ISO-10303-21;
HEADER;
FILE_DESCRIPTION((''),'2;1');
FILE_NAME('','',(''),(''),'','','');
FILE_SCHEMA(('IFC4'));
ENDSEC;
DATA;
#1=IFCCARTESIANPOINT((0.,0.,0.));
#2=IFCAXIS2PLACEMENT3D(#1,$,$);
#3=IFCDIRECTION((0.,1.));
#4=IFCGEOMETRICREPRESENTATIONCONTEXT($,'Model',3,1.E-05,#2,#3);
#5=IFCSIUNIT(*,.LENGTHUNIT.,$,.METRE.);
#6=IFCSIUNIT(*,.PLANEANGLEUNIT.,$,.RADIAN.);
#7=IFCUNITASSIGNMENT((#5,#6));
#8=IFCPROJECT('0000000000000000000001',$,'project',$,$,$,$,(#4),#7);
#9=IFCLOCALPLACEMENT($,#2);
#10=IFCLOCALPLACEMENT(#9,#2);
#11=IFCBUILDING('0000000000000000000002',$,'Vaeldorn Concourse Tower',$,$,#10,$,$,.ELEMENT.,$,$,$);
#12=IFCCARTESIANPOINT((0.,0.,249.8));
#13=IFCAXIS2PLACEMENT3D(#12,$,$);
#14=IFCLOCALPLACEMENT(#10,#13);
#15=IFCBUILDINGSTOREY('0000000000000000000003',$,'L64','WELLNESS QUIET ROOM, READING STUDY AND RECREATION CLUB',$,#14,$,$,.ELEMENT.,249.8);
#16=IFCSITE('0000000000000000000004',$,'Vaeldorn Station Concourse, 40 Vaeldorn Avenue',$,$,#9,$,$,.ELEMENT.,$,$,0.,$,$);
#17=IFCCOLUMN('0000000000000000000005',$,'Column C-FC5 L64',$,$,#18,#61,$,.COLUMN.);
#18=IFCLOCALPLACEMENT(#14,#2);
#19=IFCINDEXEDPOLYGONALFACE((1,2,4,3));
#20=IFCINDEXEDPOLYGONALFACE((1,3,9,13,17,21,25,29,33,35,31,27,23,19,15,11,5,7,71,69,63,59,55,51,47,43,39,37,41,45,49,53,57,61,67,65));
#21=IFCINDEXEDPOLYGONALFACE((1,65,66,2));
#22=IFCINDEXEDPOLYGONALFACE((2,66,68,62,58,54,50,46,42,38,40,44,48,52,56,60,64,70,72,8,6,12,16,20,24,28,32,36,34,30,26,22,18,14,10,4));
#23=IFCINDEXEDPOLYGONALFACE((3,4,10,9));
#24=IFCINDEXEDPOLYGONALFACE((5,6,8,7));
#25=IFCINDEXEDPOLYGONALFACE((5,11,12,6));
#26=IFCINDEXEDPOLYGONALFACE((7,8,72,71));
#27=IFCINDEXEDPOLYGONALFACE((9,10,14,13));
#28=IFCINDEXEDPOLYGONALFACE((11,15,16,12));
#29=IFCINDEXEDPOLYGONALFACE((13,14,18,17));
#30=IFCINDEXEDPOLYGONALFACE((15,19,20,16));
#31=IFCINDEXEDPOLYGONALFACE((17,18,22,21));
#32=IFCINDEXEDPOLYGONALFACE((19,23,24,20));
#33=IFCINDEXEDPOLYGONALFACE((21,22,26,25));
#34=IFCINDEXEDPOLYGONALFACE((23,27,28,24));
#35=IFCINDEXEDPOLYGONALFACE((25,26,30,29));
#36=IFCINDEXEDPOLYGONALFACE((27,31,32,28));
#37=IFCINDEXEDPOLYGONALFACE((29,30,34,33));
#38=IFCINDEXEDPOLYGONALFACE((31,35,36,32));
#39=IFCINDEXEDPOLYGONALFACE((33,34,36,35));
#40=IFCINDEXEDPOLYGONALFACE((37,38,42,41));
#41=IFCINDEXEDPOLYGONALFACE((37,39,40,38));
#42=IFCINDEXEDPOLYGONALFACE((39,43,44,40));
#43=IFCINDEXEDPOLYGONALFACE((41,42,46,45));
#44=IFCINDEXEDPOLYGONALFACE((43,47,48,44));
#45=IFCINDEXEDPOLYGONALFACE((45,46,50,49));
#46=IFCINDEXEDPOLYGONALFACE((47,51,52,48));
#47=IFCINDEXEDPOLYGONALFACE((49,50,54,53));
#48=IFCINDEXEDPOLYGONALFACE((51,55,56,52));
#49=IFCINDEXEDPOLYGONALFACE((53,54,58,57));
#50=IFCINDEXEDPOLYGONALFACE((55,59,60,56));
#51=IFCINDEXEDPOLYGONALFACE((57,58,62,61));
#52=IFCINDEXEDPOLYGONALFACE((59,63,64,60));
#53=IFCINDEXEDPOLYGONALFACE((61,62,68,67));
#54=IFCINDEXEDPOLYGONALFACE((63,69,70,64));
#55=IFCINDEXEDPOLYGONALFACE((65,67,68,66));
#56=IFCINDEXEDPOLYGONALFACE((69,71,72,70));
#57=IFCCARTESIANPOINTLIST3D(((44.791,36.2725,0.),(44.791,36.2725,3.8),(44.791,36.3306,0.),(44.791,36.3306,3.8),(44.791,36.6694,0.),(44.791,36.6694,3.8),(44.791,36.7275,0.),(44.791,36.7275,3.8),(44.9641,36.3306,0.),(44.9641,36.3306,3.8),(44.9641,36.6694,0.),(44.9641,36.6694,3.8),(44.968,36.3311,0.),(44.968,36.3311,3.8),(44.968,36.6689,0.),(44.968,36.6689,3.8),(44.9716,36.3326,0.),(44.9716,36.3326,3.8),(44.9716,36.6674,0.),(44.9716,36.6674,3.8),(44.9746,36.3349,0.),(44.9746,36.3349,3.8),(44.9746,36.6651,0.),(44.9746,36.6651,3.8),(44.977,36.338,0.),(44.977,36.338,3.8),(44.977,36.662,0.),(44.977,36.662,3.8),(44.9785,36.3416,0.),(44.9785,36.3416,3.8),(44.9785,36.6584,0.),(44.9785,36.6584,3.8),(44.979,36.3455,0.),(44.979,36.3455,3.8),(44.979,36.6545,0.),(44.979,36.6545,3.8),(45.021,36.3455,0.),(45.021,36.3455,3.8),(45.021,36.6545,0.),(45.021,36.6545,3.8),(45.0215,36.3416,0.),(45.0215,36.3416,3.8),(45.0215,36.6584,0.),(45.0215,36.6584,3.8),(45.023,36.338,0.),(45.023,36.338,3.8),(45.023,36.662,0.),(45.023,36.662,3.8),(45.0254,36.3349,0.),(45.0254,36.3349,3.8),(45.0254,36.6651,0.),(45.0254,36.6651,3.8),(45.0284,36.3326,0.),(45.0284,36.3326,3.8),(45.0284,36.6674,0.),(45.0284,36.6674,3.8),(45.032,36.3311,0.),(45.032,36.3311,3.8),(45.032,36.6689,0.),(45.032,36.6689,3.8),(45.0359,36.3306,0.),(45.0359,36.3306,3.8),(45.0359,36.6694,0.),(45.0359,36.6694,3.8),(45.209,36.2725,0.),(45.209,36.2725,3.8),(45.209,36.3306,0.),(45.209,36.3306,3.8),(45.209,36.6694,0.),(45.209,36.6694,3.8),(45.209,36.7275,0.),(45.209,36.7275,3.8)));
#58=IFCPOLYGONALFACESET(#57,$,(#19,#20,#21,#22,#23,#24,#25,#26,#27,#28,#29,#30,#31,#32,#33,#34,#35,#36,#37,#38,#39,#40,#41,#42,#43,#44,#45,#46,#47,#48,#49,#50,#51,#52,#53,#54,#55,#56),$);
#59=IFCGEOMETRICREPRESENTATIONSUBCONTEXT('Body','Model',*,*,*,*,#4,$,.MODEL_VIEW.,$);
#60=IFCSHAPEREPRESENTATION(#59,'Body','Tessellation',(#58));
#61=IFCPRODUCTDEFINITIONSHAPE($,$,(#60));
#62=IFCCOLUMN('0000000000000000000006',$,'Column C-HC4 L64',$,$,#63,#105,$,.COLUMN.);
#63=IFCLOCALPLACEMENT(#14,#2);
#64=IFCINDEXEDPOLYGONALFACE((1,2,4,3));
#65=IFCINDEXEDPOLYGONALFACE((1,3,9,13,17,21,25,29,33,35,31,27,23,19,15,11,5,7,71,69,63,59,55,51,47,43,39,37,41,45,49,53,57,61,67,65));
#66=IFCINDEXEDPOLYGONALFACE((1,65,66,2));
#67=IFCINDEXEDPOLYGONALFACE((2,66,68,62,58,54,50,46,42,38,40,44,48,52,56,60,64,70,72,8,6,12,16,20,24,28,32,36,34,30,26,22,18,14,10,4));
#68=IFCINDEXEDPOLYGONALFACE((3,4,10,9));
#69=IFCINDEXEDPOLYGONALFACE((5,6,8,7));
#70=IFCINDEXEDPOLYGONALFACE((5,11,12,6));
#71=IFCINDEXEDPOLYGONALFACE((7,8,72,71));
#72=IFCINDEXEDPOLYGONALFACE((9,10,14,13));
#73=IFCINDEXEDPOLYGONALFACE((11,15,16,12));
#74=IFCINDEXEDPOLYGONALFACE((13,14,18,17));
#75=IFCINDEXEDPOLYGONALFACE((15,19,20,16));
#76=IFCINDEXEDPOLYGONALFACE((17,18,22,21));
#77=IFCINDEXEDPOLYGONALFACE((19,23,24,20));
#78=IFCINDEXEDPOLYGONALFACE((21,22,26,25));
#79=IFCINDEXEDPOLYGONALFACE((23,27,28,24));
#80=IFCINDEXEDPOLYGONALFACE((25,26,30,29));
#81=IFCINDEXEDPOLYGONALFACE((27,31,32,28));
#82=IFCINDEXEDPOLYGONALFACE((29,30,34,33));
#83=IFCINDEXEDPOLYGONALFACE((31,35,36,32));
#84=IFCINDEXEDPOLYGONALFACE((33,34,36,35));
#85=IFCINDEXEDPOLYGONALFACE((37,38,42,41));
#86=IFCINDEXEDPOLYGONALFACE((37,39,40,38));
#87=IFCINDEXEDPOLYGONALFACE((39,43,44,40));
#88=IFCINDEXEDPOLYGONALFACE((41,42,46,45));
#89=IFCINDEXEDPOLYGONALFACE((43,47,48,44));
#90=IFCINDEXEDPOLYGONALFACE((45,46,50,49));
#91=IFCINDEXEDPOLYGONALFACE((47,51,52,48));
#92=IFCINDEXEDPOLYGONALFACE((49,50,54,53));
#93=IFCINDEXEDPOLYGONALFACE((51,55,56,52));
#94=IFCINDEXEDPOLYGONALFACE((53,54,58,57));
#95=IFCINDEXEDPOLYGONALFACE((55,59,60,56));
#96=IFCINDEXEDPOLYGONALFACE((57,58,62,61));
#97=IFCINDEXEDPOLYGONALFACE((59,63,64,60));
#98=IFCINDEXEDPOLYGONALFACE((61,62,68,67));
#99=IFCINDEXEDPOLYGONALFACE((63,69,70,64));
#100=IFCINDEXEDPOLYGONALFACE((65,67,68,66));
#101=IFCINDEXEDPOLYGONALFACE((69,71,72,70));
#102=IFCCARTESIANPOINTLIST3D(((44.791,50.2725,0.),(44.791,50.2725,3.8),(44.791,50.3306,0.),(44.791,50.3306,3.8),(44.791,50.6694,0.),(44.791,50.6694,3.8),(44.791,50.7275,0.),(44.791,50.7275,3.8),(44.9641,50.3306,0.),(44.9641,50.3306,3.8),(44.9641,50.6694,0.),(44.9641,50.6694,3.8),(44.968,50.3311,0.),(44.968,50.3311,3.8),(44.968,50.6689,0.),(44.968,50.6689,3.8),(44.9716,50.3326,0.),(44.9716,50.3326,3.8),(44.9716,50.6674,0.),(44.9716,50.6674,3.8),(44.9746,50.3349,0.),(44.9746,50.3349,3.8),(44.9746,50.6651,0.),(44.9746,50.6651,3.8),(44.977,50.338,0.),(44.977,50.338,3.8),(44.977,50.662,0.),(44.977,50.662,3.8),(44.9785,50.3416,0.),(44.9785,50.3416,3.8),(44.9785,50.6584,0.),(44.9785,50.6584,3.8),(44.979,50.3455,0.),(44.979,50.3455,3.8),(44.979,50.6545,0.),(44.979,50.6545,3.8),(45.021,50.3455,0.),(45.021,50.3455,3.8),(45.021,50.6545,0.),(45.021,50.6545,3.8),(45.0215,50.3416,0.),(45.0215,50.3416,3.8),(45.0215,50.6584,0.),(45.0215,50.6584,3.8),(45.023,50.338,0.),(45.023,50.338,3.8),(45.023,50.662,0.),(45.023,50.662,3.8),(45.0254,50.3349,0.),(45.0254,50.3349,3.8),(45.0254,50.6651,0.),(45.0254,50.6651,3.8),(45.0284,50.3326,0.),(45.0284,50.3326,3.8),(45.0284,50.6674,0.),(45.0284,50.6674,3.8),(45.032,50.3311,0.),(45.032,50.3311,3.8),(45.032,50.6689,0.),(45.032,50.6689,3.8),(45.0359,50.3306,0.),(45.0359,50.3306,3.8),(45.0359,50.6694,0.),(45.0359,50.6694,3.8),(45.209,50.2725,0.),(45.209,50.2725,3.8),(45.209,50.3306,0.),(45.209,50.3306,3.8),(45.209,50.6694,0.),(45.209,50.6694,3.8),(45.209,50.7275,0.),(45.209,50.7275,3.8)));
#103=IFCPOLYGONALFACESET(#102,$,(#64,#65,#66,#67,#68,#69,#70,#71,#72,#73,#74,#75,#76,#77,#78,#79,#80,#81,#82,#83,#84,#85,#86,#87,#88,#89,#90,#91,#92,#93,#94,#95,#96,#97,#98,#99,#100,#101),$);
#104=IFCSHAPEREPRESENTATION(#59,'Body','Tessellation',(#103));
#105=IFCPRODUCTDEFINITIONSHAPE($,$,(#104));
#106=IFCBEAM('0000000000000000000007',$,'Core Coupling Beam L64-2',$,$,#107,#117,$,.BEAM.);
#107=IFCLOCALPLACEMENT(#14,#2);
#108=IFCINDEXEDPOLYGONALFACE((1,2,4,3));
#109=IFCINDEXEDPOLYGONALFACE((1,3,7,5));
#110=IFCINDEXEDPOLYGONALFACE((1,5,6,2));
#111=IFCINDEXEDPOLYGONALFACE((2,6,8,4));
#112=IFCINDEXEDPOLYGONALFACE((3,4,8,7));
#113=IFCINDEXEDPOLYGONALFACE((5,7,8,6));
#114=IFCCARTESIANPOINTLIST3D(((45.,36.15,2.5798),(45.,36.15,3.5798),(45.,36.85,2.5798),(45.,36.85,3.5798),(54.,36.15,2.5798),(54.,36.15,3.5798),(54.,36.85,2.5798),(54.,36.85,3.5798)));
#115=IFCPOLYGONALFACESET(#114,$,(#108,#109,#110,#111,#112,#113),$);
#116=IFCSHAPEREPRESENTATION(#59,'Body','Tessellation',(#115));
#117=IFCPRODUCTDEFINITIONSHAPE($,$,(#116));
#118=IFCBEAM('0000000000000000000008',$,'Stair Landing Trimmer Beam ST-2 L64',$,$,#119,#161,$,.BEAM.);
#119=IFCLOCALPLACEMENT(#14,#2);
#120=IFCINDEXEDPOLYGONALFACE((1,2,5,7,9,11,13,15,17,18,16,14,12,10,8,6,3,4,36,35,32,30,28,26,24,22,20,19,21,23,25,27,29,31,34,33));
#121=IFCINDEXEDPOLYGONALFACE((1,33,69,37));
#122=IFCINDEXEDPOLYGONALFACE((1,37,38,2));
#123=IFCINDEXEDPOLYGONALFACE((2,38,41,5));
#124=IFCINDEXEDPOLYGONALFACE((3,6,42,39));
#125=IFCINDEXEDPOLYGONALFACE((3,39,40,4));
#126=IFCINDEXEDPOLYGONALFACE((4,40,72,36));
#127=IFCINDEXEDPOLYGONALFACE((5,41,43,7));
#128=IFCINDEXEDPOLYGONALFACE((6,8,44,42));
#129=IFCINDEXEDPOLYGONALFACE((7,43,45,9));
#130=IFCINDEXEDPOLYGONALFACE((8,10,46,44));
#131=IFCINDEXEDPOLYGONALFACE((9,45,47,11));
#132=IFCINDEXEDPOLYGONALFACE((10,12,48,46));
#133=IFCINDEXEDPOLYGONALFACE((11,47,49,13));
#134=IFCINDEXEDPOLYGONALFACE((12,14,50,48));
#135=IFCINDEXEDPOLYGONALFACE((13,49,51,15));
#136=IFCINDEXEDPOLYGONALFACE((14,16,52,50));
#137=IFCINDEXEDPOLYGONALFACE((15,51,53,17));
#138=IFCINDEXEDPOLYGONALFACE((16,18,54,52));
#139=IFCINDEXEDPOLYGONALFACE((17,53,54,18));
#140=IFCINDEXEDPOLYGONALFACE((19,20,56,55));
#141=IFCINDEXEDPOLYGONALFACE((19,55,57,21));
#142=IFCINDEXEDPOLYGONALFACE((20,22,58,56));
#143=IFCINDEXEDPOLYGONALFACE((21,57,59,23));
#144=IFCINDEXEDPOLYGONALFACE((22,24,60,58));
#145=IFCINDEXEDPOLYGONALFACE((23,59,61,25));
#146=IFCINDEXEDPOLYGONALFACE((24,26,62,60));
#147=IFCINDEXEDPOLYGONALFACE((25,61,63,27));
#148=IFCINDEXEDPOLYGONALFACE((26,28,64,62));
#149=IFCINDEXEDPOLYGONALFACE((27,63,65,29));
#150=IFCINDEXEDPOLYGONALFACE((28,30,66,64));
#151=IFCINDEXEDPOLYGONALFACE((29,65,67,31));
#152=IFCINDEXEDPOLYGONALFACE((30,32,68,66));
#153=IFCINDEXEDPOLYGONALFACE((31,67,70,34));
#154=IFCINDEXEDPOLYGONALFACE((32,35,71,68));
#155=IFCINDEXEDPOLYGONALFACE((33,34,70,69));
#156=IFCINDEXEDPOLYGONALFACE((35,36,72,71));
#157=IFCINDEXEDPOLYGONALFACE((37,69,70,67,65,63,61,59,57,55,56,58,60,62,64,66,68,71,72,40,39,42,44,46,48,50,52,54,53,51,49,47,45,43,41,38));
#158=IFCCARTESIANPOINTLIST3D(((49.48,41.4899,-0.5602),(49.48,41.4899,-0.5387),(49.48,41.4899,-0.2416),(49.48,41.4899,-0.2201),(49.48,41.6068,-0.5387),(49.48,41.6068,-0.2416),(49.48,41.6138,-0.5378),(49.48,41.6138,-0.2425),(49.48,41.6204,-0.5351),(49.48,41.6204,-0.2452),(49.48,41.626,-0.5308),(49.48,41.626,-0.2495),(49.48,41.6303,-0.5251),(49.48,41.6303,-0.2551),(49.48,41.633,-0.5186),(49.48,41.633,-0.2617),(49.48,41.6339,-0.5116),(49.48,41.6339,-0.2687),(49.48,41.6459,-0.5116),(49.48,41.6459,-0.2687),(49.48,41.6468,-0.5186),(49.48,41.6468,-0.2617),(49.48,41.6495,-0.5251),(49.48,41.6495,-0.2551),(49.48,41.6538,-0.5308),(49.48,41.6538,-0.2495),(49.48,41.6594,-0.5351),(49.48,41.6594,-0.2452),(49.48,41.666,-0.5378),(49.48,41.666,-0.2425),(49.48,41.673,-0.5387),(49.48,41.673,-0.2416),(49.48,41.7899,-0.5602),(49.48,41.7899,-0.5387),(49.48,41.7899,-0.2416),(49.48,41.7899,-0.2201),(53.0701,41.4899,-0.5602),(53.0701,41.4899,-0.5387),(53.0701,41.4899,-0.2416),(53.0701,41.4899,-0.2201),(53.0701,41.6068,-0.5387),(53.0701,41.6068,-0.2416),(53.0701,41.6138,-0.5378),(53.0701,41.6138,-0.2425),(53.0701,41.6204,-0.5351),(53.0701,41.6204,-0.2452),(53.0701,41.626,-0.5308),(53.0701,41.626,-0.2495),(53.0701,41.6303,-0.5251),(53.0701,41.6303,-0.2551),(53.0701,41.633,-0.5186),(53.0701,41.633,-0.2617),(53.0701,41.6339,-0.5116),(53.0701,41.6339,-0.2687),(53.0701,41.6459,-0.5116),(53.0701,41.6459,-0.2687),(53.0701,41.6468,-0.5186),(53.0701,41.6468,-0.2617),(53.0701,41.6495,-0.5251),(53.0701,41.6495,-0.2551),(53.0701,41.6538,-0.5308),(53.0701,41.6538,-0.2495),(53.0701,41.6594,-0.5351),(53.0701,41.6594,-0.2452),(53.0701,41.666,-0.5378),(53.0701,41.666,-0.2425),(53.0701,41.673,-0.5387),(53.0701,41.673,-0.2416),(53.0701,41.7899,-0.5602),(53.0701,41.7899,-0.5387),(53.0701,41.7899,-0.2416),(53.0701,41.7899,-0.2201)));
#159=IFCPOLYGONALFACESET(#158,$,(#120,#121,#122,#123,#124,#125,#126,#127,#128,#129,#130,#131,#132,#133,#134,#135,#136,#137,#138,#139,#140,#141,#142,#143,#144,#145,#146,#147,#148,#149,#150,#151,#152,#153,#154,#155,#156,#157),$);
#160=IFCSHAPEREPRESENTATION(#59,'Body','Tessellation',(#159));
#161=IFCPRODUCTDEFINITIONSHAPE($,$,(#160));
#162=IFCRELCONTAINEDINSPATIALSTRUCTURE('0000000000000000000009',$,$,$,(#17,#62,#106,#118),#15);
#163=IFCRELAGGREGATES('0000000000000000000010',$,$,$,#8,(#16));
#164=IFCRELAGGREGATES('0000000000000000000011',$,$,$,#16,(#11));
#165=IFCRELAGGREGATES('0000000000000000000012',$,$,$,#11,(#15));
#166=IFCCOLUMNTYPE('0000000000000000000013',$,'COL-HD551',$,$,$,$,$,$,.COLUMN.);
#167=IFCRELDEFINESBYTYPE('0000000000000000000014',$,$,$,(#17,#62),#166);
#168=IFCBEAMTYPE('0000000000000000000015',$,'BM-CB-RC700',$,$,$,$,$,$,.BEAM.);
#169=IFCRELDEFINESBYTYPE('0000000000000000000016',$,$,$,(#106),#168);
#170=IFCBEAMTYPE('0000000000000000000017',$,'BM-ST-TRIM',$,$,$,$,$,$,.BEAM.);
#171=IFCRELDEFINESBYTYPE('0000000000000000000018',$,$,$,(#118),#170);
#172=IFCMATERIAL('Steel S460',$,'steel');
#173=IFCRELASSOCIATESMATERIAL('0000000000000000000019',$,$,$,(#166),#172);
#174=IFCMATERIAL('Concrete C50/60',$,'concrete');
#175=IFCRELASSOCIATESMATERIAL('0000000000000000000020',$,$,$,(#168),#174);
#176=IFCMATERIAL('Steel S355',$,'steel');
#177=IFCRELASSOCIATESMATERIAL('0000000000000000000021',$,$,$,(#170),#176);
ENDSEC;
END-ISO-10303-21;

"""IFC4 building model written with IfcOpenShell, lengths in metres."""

from ifc_helpers import new_model, si_unit, direction, frame, origin, origin_2d, place, context, subcontext, project, spatial, rectangle, i_section, extrude, source, transform, mapped, material, material_profile, profile_set, type_object, element, save


model = new_model("IFC4")

# Units and contexts
model_context = context("Model", 3, precision=1e-05, world=origin(), true_north=direction((0.0, 1.0)))
body_context = subcontext(model_context, "Body", "Model", "MODEL_VIEW")
ifc_project = project(units=[si_unit("LENGTHUNIT", "METRE"), si_unit("PLANEANGLEUNIT", "RADIAN")], contexts=[model_context])

# Site, building, storey
site_placement = place(None, origin())
site = spatial("IfcSite", under=ifc_project, at=site_placement, Name="Vaeldorn Station Concourse, 40 Vaeldorn Avenue", CompositionType="ELEMENT", RefElevation=0.0)
building_placement = place(site_placement, origin())
building = spatial("IfcBuilding", under=site, at=building_placement, Name="Vaeldorn Concourse Tower", CompositionType="ELEMENT")
storey_placement = place(building_placement, frame((0.0, 0.0, 249.8)))
storey = spatial("IfcBuildingStorey", under=building, at=storey_placement, Name="L64", Description="WELLNESS QUIET ROOM, READING STUDY AND RECREATION CLUB", CompositionType="ELEMENT", Elevation=249.8)

# Columns
ifc_material_1 = material(Name="Steel S460", Category="steel")
ifc_material_profile_1 = material_profile(ifc_material_1, i_section(OverallWidth=0.418, OverallDepth=0.4551, WebThickness=0.042, FlangeThickness=0.0581, FilletRadius=0.0149, at=origin_2d()), Name="HD 400x551")
ifc_profile_set_1 = profile_set([ifc_material_profile_1], Name="Steel S460")
column_type = type_object("IfcColumnType", Name="COL-HD551", PredefinedType="COLUMN", material=ifc_profile_set_1)
shared_shape_1 = source(origin(), body_context, "Body", "SweptSolid", [
    extrude(i_section(OverallWidth=0.418, OverallDepth=0.4551, WebThickness=0.042, FlangeThickness=0.0581, FilletRadius=0.0149, at=origin_2d()), origin(), (0.0, 0.0, 1.0), 3.8),
])
for number, where, z_axis, x_axis, name in (
    (1, (45.0, 36.5, 0.0), (0.0, 0.0, 1.0), (1.0, 0.0, 0.0), "Column C-FC5 L64"),
    (2, (45.0, 50.5, 0.0), (0.0, 0.0, 1.0), (1.0, 0.0, 0.0), "Column C-HC4 L64"),
):
    element("IfcColumn", number, at=place(storey_placement, frame(where, z_axis=z_axis, x_axis=x_axis)), inside=storey, type_object=column_type, Name=name, PredefinedType="COLUMN", context=body_context, shape_type="MappedRepresentation", body=[
        mapped(shared_shape_1, transform((0.0, 0.0, 0.0), scale=1.0)),
    ])

# Beams
ifc_material_2 = material(Name="Concrete C50/60", Category="concrete")
ifc_material_profile_2 = material_profile(ifc_material_2, rectangle(XDim=0.7, YDim=1.0, at=origin_2d()), Name="RC 700x1000")
ifc_profile_set_2 = profile_set([ifc_material_profile_2], Name="Concrete C50/60")
beam_type_1 = type_object("IfcBeamType", Name="BM-CB-RC700", PredefinedType="BEAM", material=ifc_profile_set_2)
shared_shape_2 = source(origin(), body_context, "Body", "SweptSolid", [
    extrude(rectangle(XDim=0.7, YDim=1.0, at=origin_2d()), origin(), (0.0, 0.0, 1.0), 9.0),
])
beam_1_placement = place(storey_placement, frame((45.0, 36.5, 3.0798), z_axis=(1.0, 0.0, 0.0), x_axis=(0.0, 1.0, 0.0)))
element("IfcBeam", 3, at=beam_1_placement, inside=storey, type_object=beam_type_1, Name="Core Coupling Beam L64-2", PredefinedType="BEAM", context=body_context, shape_type="MappedRepresentation", body=[
    mapped(shared_shape_2, transform((0.0, 0.0, 0.0), scale=1.0)),
])
ifc_material_3 = material(Name="Steel S355", Category="steel")
ifc_material_profile_3 = material_profile(ifc_material_3, i_section(OverallWidth=0.3, OverallDepth=0.3401, WebThickness=0.012, FlangeThickness=0.0215, FilletRadius=0.0271, at=origin_2d()), Name="HEB 340")
ifc_profile_set_3 = profile_set([ifc_material_profile_3], Name="Steel S355")
beam_type_2 = type_object("IfcBeamType", Name="BM-ST-TRIM", PredefinedType="BEAM", material=ifc_profile_set_3)
shared_shape_3 = source(origin(), body_context, "Body", "SweptSolid", [
    extrude(i_section(OverallWidth=0.3, OverallDepth=0.3401, WebThickness=0.012, FlangeThickness=0.0215, FilletRadius=0.0271, at=origin_2d()), origin(), (0.0, 0.0, 1.0), 3.5901),
])
beam_2_placement = place(storey_placement, frame((49.48, 41.6399, -0.3901), z_axis=(1.0, 0.0, 0.0), x_axis=(0.0, 1.0, 0.0)))
element("IfcBeam", 4, at=beam_2_placement, inside=storey, type_object=beam_type_2, Name="Stair Landing Trimmer Beam ST-2 L64", PredefinedType="BEAM", context=body_context, shape_type="MappedRepresentation", body=[
    mapped(shared_shape_3, transform((0.0, 0.0, 0.0), scale=1.0)),
])

save(model, "model.ifc")
